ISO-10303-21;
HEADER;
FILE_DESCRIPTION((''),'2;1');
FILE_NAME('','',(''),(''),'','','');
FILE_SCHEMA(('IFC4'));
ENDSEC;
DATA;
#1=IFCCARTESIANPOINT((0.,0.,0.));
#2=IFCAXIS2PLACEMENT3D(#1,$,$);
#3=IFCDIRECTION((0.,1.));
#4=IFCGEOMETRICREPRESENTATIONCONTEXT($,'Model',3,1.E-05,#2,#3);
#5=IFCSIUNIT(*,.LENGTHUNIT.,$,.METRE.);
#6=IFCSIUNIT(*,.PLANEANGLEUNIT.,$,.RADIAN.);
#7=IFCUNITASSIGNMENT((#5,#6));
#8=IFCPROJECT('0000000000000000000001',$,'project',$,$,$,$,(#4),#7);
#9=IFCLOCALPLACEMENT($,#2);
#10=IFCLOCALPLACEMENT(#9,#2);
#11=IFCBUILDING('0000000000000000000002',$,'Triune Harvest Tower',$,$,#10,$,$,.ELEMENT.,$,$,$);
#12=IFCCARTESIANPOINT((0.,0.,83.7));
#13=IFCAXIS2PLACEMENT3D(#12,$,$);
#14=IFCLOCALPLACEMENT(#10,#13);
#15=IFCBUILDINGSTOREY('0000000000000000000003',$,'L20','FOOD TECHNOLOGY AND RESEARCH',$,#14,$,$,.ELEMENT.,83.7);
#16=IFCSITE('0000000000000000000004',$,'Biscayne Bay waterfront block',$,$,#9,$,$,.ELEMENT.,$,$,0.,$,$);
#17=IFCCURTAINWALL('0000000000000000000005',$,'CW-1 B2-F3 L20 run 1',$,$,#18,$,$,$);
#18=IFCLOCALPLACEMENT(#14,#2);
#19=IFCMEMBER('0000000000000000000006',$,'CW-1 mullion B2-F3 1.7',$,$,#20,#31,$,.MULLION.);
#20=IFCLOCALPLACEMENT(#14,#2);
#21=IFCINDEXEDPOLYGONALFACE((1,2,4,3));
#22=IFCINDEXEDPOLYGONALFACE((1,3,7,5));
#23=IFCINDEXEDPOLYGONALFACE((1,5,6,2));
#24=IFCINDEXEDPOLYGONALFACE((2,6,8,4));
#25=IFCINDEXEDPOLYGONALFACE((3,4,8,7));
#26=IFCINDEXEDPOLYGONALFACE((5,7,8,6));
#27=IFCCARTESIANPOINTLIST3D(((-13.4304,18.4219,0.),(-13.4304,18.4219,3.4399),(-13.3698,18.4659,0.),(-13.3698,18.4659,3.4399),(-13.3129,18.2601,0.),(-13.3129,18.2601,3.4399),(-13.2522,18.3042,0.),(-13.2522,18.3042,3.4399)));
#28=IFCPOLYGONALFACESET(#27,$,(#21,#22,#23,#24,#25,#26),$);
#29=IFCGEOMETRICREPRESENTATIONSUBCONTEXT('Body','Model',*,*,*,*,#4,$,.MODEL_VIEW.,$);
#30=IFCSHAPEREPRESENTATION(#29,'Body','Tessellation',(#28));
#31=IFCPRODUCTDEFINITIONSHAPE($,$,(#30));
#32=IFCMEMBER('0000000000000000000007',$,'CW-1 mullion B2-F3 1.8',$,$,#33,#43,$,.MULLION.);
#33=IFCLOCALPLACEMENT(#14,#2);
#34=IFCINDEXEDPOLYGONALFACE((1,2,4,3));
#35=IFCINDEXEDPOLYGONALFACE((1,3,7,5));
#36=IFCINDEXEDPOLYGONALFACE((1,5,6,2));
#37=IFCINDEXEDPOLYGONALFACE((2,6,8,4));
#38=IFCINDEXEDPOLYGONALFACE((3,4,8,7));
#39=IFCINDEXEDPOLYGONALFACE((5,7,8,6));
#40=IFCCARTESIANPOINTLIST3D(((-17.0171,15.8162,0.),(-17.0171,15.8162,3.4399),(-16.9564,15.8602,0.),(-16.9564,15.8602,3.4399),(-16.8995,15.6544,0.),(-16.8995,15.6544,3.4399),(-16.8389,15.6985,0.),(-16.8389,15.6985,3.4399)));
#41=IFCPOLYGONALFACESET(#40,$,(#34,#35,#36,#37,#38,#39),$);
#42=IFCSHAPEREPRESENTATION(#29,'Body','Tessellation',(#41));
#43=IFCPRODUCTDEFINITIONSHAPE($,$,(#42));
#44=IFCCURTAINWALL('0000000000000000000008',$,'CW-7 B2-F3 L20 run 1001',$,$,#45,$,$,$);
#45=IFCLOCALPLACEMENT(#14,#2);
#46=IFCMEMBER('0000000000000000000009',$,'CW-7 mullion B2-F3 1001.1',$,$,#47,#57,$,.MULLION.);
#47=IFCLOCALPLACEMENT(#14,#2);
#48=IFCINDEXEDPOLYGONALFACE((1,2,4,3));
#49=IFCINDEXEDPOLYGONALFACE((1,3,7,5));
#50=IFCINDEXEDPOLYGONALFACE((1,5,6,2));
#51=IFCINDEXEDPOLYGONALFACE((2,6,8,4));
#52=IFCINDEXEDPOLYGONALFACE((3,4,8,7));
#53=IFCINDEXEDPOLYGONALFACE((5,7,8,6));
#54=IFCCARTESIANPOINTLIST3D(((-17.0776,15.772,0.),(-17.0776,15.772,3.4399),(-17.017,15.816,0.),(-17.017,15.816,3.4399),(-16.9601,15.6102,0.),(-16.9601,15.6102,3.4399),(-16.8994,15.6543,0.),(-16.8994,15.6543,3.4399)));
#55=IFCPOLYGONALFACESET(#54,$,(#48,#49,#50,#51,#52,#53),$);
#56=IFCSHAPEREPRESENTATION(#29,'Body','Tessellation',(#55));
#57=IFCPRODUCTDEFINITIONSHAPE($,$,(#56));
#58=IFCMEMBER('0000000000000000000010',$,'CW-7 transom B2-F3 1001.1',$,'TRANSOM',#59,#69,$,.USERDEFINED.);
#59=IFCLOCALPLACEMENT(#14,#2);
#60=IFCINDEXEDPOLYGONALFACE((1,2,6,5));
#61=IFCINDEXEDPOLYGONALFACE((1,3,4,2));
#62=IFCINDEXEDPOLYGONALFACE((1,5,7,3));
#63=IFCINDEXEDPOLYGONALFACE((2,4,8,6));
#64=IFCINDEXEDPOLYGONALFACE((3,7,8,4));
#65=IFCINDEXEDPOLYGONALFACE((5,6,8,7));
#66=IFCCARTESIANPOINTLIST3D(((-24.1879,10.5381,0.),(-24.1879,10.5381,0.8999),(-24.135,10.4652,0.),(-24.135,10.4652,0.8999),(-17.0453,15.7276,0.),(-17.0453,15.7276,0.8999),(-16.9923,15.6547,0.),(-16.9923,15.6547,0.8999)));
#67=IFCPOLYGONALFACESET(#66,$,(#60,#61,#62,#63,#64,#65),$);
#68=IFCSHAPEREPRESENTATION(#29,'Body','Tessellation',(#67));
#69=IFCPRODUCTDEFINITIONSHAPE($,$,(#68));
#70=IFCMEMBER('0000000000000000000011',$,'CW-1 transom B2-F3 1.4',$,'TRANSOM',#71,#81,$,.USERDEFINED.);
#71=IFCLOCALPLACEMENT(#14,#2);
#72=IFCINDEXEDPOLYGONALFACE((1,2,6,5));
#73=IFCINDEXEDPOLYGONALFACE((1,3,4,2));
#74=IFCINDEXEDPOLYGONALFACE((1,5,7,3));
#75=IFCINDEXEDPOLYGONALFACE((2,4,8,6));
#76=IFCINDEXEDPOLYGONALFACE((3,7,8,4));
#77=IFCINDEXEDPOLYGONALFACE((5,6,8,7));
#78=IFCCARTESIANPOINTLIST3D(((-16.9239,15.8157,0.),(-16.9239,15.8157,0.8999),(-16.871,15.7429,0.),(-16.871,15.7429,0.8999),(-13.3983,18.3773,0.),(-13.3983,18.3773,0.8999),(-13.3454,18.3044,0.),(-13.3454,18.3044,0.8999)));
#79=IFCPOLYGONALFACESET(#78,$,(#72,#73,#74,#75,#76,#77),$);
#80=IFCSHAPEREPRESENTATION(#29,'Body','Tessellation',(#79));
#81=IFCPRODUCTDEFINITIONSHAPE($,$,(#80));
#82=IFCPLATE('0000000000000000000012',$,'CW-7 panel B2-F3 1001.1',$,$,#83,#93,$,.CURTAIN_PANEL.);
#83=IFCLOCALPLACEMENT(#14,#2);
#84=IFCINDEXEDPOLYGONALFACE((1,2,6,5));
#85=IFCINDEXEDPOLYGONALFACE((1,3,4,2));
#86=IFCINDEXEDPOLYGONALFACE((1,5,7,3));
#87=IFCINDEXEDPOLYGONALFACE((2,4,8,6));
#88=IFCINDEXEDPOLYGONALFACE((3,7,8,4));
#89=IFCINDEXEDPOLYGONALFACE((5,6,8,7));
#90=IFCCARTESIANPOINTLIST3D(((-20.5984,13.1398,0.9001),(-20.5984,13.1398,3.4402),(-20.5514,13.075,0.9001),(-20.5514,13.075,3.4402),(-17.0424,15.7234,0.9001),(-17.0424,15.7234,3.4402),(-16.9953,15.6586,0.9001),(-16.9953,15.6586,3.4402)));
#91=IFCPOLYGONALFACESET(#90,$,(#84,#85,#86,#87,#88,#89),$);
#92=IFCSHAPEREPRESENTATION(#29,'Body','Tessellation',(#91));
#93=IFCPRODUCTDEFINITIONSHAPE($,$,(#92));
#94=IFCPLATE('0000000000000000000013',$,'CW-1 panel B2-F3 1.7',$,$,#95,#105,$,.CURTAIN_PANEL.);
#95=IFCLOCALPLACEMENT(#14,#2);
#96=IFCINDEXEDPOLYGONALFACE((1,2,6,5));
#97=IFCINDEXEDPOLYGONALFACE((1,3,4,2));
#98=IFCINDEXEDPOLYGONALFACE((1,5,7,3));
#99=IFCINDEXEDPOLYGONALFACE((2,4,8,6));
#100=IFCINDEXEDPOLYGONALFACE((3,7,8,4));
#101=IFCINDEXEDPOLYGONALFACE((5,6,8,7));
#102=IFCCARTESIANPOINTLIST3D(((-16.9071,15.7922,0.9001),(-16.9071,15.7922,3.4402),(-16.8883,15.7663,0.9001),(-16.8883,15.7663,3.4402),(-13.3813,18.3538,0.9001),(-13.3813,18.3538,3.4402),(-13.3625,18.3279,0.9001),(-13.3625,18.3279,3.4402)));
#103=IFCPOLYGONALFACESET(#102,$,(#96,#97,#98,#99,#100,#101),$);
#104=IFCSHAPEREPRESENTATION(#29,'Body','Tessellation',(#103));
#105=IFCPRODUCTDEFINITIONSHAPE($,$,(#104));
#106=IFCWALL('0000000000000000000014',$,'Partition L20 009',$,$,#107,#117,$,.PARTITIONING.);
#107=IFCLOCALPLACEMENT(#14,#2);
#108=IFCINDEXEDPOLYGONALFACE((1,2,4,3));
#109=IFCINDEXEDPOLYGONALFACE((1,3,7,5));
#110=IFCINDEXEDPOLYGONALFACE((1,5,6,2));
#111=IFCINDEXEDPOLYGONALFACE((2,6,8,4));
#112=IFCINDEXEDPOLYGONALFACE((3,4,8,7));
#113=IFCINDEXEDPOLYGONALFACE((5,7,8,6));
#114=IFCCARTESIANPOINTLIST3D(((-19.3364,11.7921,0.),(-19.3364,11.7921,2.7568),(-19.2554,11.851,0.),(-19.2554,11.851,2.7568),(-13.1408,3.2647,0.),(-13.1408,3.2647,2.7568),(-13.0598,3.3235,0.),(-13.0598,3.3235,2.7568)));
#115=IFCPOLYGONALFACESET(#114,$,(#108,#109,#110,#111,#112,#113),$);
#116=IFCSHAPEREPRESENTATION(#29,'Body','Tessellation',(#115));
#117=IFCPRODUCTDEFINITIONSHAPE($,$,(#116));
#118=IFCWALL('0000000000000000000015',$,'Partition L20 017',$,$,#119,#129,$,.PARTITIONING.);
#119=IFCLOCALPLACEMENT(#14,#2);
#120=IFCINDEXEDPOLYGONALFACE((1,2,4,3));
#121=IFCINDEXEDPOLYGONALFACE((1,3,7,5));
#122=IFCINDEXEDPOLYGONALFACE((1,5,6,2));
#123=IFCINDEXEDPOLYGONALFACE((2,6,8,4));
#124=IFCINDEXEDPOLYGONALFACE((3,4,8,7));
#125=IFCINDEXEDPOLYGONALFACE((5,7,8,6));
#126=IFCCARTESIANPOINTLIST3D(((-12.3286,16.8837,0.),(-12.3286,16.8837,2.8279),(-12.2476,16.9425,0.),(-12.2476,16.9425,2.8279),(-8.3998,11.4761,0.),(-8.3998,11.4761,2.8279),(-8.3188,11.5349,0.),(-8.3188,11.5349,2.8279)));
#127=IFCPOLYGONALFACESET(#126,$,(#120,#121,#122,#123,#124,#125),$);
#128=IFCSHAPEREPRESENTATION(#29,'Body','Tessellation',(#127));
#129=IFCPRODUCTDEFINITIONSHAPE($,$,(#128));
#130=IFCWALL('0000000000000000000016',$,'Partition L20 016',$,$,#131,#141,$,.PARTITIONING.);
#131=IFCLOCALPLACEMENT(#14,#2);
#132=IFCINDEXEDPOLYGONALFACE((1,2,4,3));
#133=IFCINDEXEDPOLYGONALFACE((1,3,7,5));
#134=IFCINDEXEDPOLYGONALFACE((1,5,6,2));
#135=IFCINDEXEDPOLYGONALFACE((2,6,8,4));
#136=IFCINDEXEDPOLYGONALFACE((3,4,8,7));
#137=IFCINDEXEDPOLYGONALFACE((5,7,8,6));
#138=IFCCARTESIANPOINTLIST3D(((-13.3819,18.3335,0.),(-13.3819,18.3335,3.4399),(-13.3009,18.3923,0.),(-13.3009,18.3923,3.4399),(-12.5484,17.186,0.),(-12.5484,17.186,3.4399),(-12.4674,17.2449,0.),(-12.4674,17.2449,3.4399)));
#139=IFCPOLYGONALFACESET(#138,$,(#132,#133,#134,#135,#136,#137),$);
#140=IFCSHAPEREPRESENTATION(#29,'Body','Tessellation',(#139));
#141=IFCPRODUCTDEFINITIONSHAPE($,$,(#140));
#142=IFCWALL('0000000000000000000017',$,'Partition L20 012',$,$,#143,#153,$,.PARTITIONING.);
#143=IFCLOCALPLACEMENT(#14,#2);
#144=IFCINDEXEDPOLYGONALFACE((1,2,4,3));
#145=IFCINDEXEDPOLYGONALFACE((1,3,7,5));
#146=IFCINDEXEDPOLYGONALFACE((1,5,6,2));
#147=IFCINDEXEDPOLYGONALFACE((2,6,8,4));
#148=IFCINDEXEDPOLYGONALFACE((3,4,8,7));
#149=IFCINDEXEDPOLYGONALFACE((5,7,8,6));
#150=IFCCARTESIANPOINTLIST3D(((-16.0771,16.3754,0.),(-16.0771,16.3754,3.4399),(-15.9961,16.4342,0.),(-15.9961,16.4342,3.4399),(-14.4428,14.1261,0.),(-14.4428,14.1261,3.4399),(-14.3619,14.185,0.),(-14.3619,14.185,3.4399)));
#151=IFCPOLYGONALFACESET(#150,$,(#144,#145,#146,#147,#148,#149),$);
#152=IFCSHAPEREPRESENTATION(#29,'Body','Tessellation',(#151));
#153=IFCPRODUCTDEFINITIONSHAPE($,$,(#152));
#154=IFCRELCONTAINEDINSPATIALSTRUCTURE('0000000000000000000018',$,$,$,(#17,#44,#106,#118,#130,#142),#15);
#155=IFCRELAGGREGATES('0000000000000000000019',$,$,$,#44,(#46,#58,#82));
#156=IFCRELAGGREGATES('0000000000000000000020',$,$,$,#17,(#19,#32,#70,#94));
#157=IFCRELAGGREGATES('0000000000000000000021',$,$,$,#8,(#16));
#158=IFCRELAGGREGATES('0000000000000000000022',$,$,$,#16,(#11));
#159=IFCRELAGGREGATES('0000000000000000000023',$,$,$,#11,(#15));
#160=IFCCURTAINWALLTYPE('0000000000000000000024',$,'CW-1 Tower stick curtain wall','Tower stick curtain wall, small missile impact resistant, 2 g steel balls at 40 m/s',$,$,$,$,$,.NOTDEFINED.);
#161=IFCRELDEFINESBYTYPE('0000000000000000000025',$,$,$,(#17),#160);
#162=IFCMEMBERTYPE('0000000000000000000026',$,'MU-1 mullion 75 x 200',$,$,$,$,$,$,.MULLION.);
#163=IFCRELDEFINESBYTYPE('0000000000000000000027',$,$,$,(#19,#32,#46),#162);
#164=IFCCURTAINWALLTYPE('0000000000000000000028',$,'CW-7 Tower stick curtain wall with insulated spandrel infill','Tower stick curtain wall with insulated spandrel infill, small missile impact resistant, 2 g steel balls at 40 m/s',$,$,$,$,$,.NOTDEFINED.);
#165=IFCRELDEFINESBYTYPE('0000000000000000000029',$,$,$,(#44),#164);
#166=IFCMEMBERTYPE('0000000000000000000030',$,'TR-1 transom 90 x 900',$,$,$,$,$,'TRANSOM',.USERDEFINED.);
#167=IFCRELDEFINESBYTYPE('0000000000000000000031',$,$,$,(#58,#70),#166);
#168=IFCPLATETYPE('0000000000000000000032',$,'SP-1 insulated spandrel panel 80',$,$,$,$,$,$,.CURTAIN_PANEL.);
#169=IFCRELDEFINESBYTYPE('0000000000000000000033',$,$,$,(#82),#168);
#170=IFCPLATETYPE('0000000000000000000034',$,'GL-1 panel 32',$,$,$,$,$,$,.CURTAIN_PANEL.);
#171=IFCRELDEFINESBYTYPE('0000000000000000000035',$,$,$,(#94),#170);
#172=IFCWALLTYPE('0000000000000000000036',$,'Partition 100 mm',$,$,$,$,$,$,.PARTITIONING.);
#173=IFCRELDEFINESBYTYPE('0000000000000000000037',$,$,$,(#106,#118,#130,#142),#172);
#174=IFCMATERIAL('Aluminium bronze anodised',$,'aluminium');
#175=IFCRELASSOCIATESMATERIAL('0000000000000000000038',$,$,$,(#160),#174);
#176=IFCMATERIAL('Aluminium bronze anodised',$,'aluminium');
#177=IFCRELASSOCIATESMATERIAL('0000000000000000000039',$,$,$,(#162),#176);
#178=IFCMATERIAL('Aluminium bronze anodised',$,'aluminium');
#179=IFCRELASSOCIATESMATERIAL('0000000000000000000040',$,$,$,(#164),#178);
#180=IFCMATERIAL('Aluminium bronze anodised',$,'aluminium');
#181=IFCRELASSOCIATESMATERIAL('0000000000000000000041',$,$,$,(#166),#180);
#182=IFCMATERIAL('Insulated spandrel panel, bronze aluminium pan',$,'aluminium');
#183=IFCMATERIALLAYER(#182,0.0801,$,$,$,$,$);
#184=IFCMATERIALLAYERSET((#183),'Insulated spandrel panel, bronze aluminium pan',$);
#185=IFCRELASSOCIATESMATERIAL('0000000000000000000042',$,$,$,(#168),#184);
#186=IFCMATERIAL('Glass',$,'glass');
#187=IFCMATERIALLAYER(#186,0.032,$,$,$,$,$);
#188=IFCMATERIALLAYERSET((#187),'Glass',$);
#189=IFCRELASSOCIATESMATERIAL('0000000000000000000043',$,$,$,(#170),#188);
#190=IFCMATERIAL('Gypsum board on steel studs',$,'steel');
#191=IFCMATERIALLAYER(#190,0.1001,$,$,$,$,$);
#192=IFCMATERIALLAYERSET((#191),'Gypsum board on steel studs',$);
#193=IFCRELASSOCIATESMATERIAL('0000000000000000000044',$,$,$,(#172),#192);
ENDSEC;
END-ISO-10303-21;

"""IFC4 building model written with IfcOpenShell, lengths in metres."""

from ifc_helpers import new_model, si_unit, direction, frame, frame_2d, origin, origin_2d, place, context, subcontext, project, spatial, rectangle, extrude, source, transform, mapped, material, layer, layer_set, material_profile, profile_set, type_object, element, aggregate, save


model = new_model("IFC4")

# Units and contexts
model_context = context("Model", 3, precision=1e-05, world=origin(), true_north=direction((0.0, 1.0)))
body_context = subcontext(model_context, "Body", "Model", "MODEL_VIEW")
ifc_project = project(units=[si_unit("LENGTHUNIT", "METRE"), si_unit("PLANEANGLEUNIT", "RADIAN")], contexts=[model_context])

# Site, building, storey
site_placement = place(None, origin())
site = spatial("IfcSite", under=ifc_project, at=site_placement, Name="Biscayne Bay waterfront block", CompositionType="ELEMENT", RefElevation=0.0)
building_placement = place(site_placement, origin())
building = spatial("IfcBuilding", under=site, at=building_placement, Name="Triune Harvest Tower", CompositionType="ELEMENT")
storey_placement = place(building_placement, frame((0.0, 0.0, 83.7)))
storey = spatial("IfcBuildingStorey", under=building, at=storey_placement, Name="L20", Description="FOOD TECHNOLOGY AND RESEARCH", CompositionType="ELEMENT", Elevation=83.7)

# Curtain walls, members
ifc_material_1 = material(Name="Aluminium bronze anodised", Category="aluminium")
curtain_wall_type_1 = type_object("IfcCurtainWallType", Name="CW-1 Tower stick curtain wall", Description="Tower stick curtain wall, small missile impact resistant, 2 g steel balls at 40 m/s", PredefinedType="NOTDEFINED", material=ifc_material_1)
curtain_wall_1_placement = place(storey_placement, origin())
curtain_wall_1 = element("IfcCurtainWall", 1, at=curtain_wall_1_placement, inside=storey, type_object=curtain_wall_type_1, Name="CW-1 B2-F3 L20 run 1")
ifc_material_2 = material(Name="Aluminium bronze anodised", Category="aluminium")
ifc_material_profile_1 = material_profile(ifc_material_2, rectangle(XDim=0.2, YDim=0.075, at=origin_2d()), Name="MU-1 mullion 75 x 200")
ifc_profile_set_1 = profile_set([ifc_material_profile_1], Name="Aluminium bronze anodised")
member_type_1 = type_object("IfcMemberType", Name="MU-1 mullion 75 x 200", PredefinedType="MULLION", material=ifc_profile_set_1)
shared_shape_1 = source(origin(), body_context, "Body", "SweptSolid", [
    extrude(rectangle(XDim=0.2, YDim=0.075, at=origin_2d()), origin(), (0.0, 0.0, 1.0), 3.4399),
])
member_1_placement = place(storey_placement, frame((-13.3413, 18.363, 0.0), z_axis=(0.0, 0.0, 1.0), x_axis=(0.587784, -0.809018, 0.0)))
member_1 = element("IfcMember", 2, at=member_1_placement, type_object=member_type_1, Name="CW-1 mullion B2-F3 1.7", PredefinedType="MULLION", context=body_context, shape_type="MappedRepresentation", body=[
    mapped(shared_shape_1, transform((0.0, 0.0, 0.0), scale=1.0)),
])
member_2_placement = place(storey_placement, frame((-16.928, 15.7573, 0.0), z_axis=(0.0, 0.0, 1.0), x_axis=(0.587784, -0.809018, 0.0)))
member_2 = element("IfcMember", 3, at=member_2_placement, type_object=member_type_1, Name="CW-1 mullion B2-F3 1.8", PredefinedType="MULLION", context=body_context, shape_type="MappedRepresentation", body=[
    mapped(shared_shape_1, transform((0.0, 0.0, 0.0), scale=1.0)),
])
ifc_material_3 = material(Name="Aluminium bronze anodised", Category="aluminium")
curtain_wall_type_2 = type_object("IfcCurtainWallType", Name="CW-7 Tower stick curtain wall with insulated spandrel infill", Description="Tower stick curtain wall with insulated spandrel infill, small missile impact resistant, 2 g steel balls at 40 m/s", PredefinedType="NOTDEFINED", material=ifc_material_3)
curtain_wall_2_placement = place(storey_placement, origin())
curtain_wall_2 = element("IfcCurtainWall", 4, at=curtain_wall_2_placement, inside=storey, type_object=curtain_wall_type_2, Name="CW-7 B2-F3 L20 run 1001")
member_3_placement = place(storey_placement, frame((-16.9885, 15.7131, 0.0), z_axis=(0.0, 0.0, 1.0), x_axis=(0.587785, -0.809017, 0.0)))
member_3 = element("IfcMember", 5, at=member_3_placement, type_object=member_type_1, Name="CW-7 mullion B2-F3 1001.1", PredefinedType="MULLION", context=body_context, shape_type="MappedRepresentation", body=[
    mapped(shared_shape_1, transform((0.0, 0.0, 0.0), scale=1.0)),
])
ifc_material_4 = material(Name="Aluminium bronze anodised", Category="aluminium")
ifc_material_profile_2 = material_profile(ifc_material_4, rectangle(XDim=0.0901, YDim=0.8999, at=origin_2d()), Name="TR-1 transom 90 x 900")
ifc_profile_set_2 = profile_set([ifc_material_profile_2], Name="Aluminium bronze anodised")
member_type_2 = type_object("IfcMemberType", Name="TR-1 transom 90 x 900", ElementType="TRANSOM", PredefinedType="USERDEFINED", material=ifc_profile_set_2)
shared_shape_2 = source(origin(), body_context, "Body", "SweptSolid", [
    extrude(rectangle(XDim=0.0901, YDim=0.8999, at=origin_2d()), origin(), (0.0, 0.0, 1.0), 8.8289),
])
member_4_placement = place(storey_placement, frame((-17.0188, 15.6912, 0.45), z_axis=(-0.809013, -0.58779, 0.0), x_axis=(0.58779, -0.809013, 0.0)))
member_4 = element("IfcMember", 6, at=member_4_placement, type_object=member_type_2, Name="CW-7 transom B2-F3 1001.1", ObjectType="TRANSOM", PredefinedType="USERDEFINED", context=body_context, shape_type="MappedRepresentation", body=[
    mapped(shared_shape_2, transform((0.0, 0.0, 0.0), scale=1.0)),
])

# Member
shared_shape_3 = source(origin(), body_context, "Body", "SweptSolid", [
    extrude(rectangle(XDim=0.0901, YDim=0.8999, at=origin_2d()), origin(), (0.0, 0.0, 1.0), 4.3579),
])
member_5_placement = place(storey_placement, frame((-13.3718, 18.3408, 0.45), z_axis=(-0.809017, -0.587785, 0.0), x_axis=(0.587785, -0.809017, 0.0)))
member_5 = element("IfcMember", 7, at=member_5_placement, type_object=member_type_2, Name="CW-1 transom B2-F3 1.4", ObjectType="TRANSOM", PredefinedType="USERDEFINED", context=body_context, shape_type="MappedRepresentation", body=[
    mapped(shared_shape_3, transform((0.0, 0.0, 0.0), scale=1.0)),
])

# Plates
ifc_material_5 = material(Name="Insulated spandrel panel, bronze aluminium pan", Category="aluminium")
ifc_layer_1 = layer(ifc_material_5, 0.0801)
ifc_layer_set_1 = layer_set([ifc_layer_1], Name="Insulated spandrel panel, bronze aluminium pan")
plate_type_1 = type_object("IfcPlateType", Name="SP-1 insulated spandrel panel 80", PredefinedType="CURTAIN_PANEL", material=ifc_layer_set_1)
shared_shape_4 = source(origin(), body_context, "Body", "SweptSolid", [
    extrude(rectangle(XDim=4.3955, YDim=0.0801, at=origin_2d()), origin(), (0.0, 0.0, 1.0), 2.54),
])
plate_1_placement = place(storey_placement, frame((-18.7969, 14.3992, 0.9001), z_axis=(0.0, 0.0, 1.0), x_axis=(-0.809017, -0.587785, 0.0)))
plate_1 = element("IfcPlate", 8, at=plate_1_placement, type_object=plate_type_1, Name="CW-7 panel B2-F3 1001.1", PredefinedType="CURTAIN_PANEL", context=body_context, shape_type="MappedRepresentation", body=[
    mapped(shared_shape_4, transform((0.0, 0.0, 0.0), scale=1.0)),
])
aggregate(curtain_wall_2, [member_3, member_4, plate_1])
ifc_material_6 = material(Name="Glass", Category="glass")
ifc_layer_2 = layer(ifc_material_6, 0.032)
ifc_layer_set_2 = layer_set([ifc_layer_2], Name="Glass")
plate_type_2 = type_object("IfcPlateType", Name="GL-1 panel 32", PredefinedType="CURTAIN_PANEL", material=ifc_layer_set_2)
shared_shape_5 = source(origin(), body_context, "Body", "SweptSolid", [
    extrude(rectangle(XDim=4.3582, YDim=0.032, at=origin_2d()), origin(), (0.0, 0.0, 1.0), 2.54),
])
plate_2_placement = place(storey_placement, frame((-15.1348, 17.0601, 0.9001), z_axis=(0.0, 0.0, 1.0), x_axis=(-0.809018, -0.587784, 0.0)))
plate_2 = element("IfcPlate", 9, at=plate_2_placement, type_object=plate_type_2, Name="CW-1 panel B2-F3 1.7", PredefinedType="CURTAIN_PANEL", context=body_context, shape_type="MappedRepresentation", body=[
    mapped(shared_shape_5, transform((0.0, 0.0, 0.0), scale=1.0)),
])
aggregate(curtain_wall_1, [member_1, member_2, member_5, plate_2])

# Walls
ifc_material_7 = material(Name="Gypsum board on steel studs", Category="steel")
ifc_layer_3 = layer(ifc_material_7, 0.1001)
ifc_layer_set_3 = layer_set([ifc_layer_3], Name="Gypsum board on steel studs")
wall_type_1 = type_object("IfcWallType", Name="Partition 100 mm", PredefinedType="PARTITIONING", material=ifc_layer_set_3)
wall_1_placement = place(storey_placement, frame((-19.2959, 11.8215, 0.0), z_axis=(0.0, 0.0, 1.0), x_axis=(0.58779, -0.809013, 0.0)))
element("IfcWall", 10, at=wall_1_placement, inside=storey, type_object=wall_type_1, Name="Partition L20 009", PredefinedType="PARTITIONING", context=body_context, shape_type="SweptSolid", body=[
    extrude(rectangle(XDim=10.5405, YDim=0.1001, at=frame_2d((5.2703, 0.0))), origin(), (0.0, 0.0, 1.0), 2.7568),
])
wall_2_placement = place(storey_placement, frame((-12.2881, 16.9131, 0.0), z_axis=(0.0, 0.0, 1.0), x_axis=(0.587781, -0.80902, 0.0)))
element("IfcWall", 11, at=wall_2_placement, inside=storey, type_object=wall_type_1, Name="Partition L20 017", PredefinedType="PARTITIONING", context=body_context, shape_type="SweptSolid", body=[
    extrude(rectangle(XDim=6.6841, YDim=0.1001, at=frame_2d((3.342, 0.0))), origin(), (0.0, 0.0, 1.0), 2.8279),
])
shared_shape_6 = source(origin(), body_context, "Body", "SweptSolid", [
    extrude(rectangle(XDim=1.4182, YDim=0.1001, at=frame_2d((0.709, 0.0))), origin(), (0.0, 0.0, 1.0), 3.4399),
])
wall_3_placement = place(storey_placement, frame((-13.3413, 18.3628, 0.0), z_axis=(0.0, 0.0, 1.0), x_axis=(0.587701, -0.809078, 0.0)))
element("IfcWall", 12, at=wall_3_placement, inside=storey, type_object=wall_type_1, Name="Partition L20 016", PredefinedType="PARTITIONING", context=body_context, shape_type="MappedRepresentation", body=[
    mapped(shared_shape_6, transform((0.0, 0.0, 0.0), scale=1.0)),
])
shared_shape_7 = source(origin(), body_context, "Body", "SweptSolid", [
    extrude(rectangle(XDim=2.7803, YDim=0.1001, at=frame_2d((1.3901, 0.0))), origin(), (0.0, 0.0, 1.0), 3.4399),
])
wall_4_placement = place(storey_placement, frame((-16.0366, 16.4048, 0.0), z_axis=(0.0, 0.0, 1.0), x_axis=(0.587806, -0.809002, 0.0)))
element("IfcWall", 13, at=wall_4_placement, inside=storey, type_object=wall_type_1, Name="Partition L20 012", PredefinedType="PARTITIONING", context=body_context, shape_type="MappedRepresentation", body=[
    mapped(shared_shape_7, transform((0.0, 0.0, 0.0), scale=1.0)),
])

save(model, "model.ifc")
